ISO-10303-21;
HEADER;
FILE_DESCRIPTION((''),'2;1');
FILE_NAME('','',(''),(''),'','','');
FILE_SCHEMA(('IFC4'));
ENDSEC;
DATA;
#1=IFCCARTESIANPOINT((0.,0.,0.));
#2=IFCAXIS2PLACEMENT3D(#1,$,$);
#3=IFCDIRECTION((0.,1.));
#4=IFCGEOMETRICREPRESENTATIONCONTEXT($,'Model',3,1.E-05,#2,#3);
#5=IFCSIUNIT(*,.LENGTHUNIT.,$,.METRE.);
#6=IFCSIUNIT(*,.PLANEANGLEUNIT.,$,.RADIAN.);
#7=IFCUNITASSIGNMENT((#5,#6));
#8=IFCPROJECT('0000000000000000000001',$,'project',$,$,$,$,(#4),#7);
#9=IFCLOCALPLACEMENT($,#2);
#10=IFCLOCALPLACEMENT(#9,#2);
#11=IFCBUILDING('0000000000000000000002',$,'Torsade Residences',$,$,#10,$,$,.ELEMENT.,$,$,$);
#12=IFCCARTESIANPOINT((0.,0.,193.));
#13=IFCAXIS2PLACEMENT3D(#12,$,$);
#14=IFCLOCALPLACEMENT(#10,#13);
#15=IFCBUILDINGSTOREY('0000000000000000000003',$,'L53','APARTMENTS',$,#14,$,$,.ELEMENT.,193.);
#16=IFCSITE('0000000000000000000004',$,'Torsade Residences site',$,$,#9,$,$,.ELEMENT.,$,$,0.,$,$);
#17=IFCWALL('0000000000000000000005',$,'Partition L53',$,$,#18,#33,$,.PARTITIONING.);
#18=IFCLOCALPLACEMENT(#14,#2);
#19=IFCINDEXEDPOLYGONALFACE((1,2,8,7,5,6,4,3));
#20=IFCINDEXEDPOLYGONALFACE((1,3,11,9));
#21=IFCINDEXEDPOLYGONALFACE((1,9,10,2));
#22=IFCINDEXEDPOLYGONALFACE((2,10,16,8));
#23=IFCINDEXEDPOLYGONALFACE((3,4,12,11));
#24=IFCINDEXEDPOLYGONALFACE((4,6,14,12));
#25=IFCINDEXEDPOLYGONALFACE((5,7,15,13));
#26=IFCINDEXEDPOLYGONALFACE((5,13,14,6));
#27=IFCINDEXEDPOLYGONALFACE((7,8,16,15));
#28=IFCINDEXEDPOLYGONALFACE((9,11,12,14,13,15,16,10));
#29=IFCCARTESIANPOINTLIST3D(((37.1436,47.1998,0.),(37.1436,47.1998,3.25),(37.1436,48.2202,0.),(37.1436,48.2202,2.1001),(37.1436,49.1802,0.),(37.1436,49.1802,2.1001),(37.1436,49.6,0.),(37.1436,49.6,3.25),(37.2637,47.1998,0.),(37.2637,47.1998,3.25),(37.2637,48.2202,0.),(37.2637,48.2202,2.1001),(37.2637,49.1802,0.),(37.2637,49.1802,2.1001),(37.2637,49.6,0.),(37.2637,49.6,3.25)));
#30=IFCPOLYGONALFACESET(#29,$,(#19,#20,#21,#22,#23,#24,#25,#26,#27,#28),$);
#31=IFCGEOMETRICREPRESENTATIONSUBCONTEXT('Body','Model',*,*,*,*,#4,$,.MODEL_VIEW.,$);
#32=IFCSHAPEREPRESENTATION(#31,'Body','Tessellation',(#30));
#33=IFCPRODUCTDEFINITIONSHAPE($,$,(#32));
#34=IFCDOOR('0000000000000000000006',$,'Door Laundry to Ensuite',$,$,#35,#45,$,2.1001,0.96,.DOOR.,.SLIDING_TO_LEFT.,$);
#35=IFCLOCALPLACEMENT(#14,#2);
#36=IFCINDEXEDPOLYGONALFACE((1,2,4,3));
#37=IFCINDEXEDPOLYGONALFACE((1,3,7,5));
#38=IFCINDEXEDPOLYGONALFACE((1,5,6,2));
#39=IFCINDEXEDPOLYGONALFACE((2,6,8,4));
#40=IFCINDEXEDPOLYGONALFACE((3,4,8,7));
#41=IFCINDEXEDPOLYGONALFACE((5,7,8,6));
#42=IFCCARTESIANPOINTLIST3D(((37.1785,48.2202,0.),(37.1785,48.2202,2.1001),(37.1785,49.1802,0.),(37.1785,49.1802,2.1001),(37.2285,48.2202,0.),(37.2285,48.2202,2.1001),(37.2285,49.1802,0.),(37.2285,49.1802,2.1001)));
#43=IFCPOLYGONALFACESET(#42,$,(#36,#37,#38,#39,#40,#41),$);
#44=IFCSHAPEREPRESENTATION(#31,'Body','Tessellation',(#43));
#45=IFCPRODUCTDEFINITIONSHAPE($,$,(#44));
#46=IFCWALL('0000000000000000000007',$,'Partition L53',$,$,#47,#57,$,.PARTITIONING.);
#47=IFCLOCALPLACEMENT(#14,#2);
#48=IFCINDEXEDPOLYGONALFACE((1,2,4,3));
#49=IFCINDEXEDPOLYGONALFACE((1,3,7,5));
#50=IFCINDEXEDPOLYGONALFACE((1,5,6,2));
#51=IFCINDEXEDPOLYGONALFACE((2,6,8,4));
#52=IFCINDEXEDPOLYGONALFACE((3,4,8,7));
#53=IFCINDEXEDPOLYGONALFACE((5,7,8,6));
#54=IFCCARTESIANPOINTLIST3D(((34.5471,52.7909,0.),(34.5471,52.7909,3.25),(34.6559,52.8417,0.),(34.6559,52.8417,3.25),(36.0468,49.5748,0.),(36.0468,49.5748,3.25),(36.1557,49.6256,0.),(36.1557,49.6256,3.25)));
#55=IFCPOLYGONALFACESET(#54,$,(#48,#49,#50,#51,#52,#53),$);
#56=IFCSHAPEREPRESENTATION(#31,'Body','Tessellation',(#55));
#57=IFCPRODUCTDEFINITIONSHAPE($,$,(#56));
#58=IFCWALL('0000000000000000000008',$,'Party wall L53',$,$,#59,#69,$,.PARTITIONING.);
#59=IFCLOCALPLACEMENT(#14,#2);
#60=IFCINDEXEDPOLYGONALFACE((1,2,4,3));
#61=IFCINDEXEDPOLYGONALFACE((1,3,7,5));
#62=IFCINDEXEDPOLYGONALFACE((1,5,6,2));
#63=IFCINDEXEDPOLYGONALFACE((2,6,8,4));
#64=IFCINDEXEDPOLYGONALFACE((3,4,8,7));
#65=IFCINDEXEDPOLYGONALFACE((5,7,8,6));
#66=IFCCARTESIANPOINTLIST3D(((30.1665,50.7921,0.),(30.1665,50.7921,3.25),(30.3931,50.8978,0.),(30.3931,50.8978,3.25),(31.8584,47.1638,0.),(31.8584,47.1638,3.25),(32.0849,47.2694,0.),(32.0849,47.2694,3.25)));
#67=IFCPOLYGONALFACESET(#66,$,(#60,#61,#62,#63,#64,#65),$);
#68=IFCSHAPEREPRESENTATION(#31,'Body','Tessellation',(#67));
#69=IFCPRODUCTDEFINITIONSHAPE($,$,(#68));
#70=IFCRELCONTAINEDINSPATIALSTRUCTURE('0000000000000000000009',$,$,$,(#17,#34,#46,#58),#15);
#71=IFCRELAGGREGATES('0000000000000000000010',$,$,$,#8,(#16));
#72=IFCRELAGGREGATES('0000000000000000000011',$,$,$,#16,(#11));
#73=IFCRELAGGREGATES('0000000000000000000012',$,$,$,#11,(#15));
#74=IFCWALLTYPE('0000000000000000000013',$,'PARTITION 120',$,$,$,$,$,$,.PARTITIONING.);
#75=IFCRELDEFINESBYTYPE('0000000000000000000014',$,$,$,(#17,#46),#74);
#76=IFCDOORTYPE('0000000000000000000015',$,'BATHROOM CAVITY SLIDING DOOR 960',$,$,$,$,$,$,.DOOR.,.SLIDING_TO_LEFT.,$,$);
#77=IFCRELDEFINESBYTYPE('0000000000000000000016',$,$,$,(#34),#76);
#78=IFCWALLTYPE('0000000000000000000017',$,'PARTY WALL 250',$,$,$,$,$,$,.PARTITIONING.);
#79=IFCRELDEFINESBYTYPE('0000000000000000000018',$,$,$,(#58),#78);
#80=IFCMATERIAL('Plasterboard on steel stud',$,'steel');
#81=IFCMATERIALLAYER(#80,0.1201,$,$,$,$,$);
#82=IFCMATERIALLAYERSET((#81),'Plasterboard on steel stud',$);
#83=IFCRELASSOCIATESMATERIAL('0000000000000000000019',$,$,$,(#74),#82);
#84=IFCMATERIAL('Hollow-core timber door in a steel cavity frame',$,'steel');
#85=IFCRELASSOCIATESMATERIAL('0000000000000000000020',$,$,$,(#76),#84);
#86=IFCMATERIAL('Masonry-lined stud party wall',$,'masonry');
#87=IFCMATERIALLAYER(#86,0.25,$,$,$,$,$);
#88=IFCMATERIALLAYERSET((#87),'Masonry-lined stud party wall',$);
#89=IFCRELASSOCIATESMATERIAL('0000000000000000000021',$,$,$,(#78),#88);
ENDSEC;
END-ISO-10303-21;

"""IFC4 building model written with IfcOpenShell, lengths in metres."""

from ifc_helpers import new_model, si_unit, direction, frame, frame_2d, origin, place, context, subcontext, project, spatial, rectangle, extrude, material, layer, layer_set, type_object, element, fill, save


model = new_model("IFC4")

# Units and contexts
model_context = context("Model", 3, precision=1e-05, world=origin(), true_north=direction((0.0, 1.0)))
body_context = subcontext(model_context, "Body", "Model", "MODEL_VIEW")
ifc_project = project(units=[si_unit("LENGTHUNIT", "METRE"), si_unit("PLANEANGLEUNIT", "RADIAN")], contexts=[model_context])

# Site, building, storey
site_placement = place(None, origin())
site = spatial("IfcSite", under=ifc_project, at=site_placement, Name="Torsade Residences site", CompositionType="ELEMENT", RefElevation=0.0)
building_placement = place(site_placement, origin())
building = spatial("IfcBuilding", under=site, at=building_placement, Name="Torsade Residences", CompositionType="ELEMENT")
storey_placement = place(building_placement, frame((0.0, 0.0, 193.0)))
storey = spatial("IfcBuildingStorey", under=building, at=storey_placement, Name="L53", Description="APARTMENTS", CompositionType="ELEMENT", Elevation=193.0)

# Shared definitions
ifc_material_1 = material(Name="Plasterboard on steel stud", Category="steel")
ifc_layer_1 = layer(ifc_material_1, 0.1201)
ifc_layer_set_1 = layer_set([ifc_layer_1], Name="Plasterboard on steel stud")
wall_type_1 = type_object("IfcWallType", Name="PARTITION 120", PredefinedType="PARTITIONING", material=ifc_layer_set_1)
ifc_material_2 = material(Name="Hollow-core timber door in a steel cavity frame", Category="steel")
door_type_1 = type_object("IfcDoorType", Name="BATHROOM CAVITY SLIDING DOOR 960", OperationType="SLIDING_TO_LEFT", PredefinedType="DOOR", material=ifc_material_2)

# Wall, opening, door
wall_1_placement = place(storey_placement, frame((37.2036, 49.6001, 0.0), z_axis=(0.0, 0.0, 1.0), x_axis=(0.0, -1.0, 0.0)))
wall_1 = element("IfcWall", 1, at=wall_1_placement, inside=storey, type_object=wall_type_1, Name="Partition L53", PredefinedType="PARTITIONING", context=body_context, shape_type="SweptSolid", body=[
    extrude(rectangle(XDim=2.4001, YDim=0.1201, at=frame_2d((1.2002, 0.0))), origin(), (0.0, 0.0, 1.0), 3.25),
])
opening_1_placement = place(wall_1_placement, frame((0.4199, 0.0, 0.0)))
opening_1 = element("IfcOpeningElement", 2, at=opening_1_placement, cuts=wall_1, PredefinedType="OPENING", context=body_context, shape_type="SweptSolid", body=[
    extrude(rectangle(XDim=0.96, YDim=2.1001, at=frame_2d((0.48, 1.05))), frame((0.0, 0.0701, 0.0), z_axis=(0.0, -1.0, 0.0), x_axis=(1.0, 0.0, 0.0)), (0.0, 0.0, 1.0), 0.1401),
])
door_1_placement = place(opening_1_placement, origin())
door_1 = element("IfcDoor", 3, at=door_1_placement, inside=storey, type_object=door_type_1, Name="Door Laundry to Ensuite", OperationType="SLIDING_TO_LEFT", OverallHeight=2.1001, OverallWidth=0.96, PredefinedType="DOOR", context=body_context, shape_type="SweptSolid", body=[
    extrude(rectangle(XDim=0.96, YDim=2.1001, at=frame_2d((0.48, 1.05))), frame((0.0, 0.0249, 0.0), z_axis=(0.0, -1.0, 0.0), x_axis=(1.0, 0.0, 0.0)), (0.0, 0.0, 1.0), 0.05),
])
fill(opening_1, door_1)

# Walls
wall_2_placement = place(storey_placement, frame((36.1013, 49.6001, 0.0), z_axis=(0.0, 0.0, 1.0), x_axis=(-0.422637, 0.906299, 0.0)))
element("IfcWall", 4, at=wall_2_placement, inside=storey, type_object=wall_type_1, Name="Partition L53", PredefinedType="PARTITIONING", context=body_context, shape_type="SweptSolid", body=[
    extrude(rectangle(XDim=3.5486, YDim=0.1201, at=frame_2d((1.7744, 0.0))), origin(), (0.0, 0.0, 1.0), 3.25),
])
ifc_material_3 = material(Name="Masonry-lined stud party wall", Category="masonry")
ifc_layer_2 = layer(ifc_material_3, 0.25)
ifc_layer_set_2 = layer_set([ifc_layer_2], Name="Masonry-lined stud party wall")
wall_type_2 = type_object("IfcWallType", Name="PARTY WALL 250", PredefinedType="PARTITIONING", material=ifc_layer_set_2)
wall_3_placement = place(storey_placement, frame((30.2798, 50.845, 0.0), z_axis=(0.0, 0.0, 1.0), x_axis=(0.422605, -0.906314, 0.0)))
element("IfcWall", 5, at=wall_3_placement, inside=storey, type_object=wall_type_2, Name="Party wall L53", PredefinedType="PARTITIONING", context=body_context, shape_type="SweptSolid", body=[
    extrude(rectangle(XDim=4.0034, YDim=0.25, at=frame_2d((2.0017, 0.0))), origin(), (0.0, 0.0, 1.0), 3.25),
])

save(model, "model.ifc")
